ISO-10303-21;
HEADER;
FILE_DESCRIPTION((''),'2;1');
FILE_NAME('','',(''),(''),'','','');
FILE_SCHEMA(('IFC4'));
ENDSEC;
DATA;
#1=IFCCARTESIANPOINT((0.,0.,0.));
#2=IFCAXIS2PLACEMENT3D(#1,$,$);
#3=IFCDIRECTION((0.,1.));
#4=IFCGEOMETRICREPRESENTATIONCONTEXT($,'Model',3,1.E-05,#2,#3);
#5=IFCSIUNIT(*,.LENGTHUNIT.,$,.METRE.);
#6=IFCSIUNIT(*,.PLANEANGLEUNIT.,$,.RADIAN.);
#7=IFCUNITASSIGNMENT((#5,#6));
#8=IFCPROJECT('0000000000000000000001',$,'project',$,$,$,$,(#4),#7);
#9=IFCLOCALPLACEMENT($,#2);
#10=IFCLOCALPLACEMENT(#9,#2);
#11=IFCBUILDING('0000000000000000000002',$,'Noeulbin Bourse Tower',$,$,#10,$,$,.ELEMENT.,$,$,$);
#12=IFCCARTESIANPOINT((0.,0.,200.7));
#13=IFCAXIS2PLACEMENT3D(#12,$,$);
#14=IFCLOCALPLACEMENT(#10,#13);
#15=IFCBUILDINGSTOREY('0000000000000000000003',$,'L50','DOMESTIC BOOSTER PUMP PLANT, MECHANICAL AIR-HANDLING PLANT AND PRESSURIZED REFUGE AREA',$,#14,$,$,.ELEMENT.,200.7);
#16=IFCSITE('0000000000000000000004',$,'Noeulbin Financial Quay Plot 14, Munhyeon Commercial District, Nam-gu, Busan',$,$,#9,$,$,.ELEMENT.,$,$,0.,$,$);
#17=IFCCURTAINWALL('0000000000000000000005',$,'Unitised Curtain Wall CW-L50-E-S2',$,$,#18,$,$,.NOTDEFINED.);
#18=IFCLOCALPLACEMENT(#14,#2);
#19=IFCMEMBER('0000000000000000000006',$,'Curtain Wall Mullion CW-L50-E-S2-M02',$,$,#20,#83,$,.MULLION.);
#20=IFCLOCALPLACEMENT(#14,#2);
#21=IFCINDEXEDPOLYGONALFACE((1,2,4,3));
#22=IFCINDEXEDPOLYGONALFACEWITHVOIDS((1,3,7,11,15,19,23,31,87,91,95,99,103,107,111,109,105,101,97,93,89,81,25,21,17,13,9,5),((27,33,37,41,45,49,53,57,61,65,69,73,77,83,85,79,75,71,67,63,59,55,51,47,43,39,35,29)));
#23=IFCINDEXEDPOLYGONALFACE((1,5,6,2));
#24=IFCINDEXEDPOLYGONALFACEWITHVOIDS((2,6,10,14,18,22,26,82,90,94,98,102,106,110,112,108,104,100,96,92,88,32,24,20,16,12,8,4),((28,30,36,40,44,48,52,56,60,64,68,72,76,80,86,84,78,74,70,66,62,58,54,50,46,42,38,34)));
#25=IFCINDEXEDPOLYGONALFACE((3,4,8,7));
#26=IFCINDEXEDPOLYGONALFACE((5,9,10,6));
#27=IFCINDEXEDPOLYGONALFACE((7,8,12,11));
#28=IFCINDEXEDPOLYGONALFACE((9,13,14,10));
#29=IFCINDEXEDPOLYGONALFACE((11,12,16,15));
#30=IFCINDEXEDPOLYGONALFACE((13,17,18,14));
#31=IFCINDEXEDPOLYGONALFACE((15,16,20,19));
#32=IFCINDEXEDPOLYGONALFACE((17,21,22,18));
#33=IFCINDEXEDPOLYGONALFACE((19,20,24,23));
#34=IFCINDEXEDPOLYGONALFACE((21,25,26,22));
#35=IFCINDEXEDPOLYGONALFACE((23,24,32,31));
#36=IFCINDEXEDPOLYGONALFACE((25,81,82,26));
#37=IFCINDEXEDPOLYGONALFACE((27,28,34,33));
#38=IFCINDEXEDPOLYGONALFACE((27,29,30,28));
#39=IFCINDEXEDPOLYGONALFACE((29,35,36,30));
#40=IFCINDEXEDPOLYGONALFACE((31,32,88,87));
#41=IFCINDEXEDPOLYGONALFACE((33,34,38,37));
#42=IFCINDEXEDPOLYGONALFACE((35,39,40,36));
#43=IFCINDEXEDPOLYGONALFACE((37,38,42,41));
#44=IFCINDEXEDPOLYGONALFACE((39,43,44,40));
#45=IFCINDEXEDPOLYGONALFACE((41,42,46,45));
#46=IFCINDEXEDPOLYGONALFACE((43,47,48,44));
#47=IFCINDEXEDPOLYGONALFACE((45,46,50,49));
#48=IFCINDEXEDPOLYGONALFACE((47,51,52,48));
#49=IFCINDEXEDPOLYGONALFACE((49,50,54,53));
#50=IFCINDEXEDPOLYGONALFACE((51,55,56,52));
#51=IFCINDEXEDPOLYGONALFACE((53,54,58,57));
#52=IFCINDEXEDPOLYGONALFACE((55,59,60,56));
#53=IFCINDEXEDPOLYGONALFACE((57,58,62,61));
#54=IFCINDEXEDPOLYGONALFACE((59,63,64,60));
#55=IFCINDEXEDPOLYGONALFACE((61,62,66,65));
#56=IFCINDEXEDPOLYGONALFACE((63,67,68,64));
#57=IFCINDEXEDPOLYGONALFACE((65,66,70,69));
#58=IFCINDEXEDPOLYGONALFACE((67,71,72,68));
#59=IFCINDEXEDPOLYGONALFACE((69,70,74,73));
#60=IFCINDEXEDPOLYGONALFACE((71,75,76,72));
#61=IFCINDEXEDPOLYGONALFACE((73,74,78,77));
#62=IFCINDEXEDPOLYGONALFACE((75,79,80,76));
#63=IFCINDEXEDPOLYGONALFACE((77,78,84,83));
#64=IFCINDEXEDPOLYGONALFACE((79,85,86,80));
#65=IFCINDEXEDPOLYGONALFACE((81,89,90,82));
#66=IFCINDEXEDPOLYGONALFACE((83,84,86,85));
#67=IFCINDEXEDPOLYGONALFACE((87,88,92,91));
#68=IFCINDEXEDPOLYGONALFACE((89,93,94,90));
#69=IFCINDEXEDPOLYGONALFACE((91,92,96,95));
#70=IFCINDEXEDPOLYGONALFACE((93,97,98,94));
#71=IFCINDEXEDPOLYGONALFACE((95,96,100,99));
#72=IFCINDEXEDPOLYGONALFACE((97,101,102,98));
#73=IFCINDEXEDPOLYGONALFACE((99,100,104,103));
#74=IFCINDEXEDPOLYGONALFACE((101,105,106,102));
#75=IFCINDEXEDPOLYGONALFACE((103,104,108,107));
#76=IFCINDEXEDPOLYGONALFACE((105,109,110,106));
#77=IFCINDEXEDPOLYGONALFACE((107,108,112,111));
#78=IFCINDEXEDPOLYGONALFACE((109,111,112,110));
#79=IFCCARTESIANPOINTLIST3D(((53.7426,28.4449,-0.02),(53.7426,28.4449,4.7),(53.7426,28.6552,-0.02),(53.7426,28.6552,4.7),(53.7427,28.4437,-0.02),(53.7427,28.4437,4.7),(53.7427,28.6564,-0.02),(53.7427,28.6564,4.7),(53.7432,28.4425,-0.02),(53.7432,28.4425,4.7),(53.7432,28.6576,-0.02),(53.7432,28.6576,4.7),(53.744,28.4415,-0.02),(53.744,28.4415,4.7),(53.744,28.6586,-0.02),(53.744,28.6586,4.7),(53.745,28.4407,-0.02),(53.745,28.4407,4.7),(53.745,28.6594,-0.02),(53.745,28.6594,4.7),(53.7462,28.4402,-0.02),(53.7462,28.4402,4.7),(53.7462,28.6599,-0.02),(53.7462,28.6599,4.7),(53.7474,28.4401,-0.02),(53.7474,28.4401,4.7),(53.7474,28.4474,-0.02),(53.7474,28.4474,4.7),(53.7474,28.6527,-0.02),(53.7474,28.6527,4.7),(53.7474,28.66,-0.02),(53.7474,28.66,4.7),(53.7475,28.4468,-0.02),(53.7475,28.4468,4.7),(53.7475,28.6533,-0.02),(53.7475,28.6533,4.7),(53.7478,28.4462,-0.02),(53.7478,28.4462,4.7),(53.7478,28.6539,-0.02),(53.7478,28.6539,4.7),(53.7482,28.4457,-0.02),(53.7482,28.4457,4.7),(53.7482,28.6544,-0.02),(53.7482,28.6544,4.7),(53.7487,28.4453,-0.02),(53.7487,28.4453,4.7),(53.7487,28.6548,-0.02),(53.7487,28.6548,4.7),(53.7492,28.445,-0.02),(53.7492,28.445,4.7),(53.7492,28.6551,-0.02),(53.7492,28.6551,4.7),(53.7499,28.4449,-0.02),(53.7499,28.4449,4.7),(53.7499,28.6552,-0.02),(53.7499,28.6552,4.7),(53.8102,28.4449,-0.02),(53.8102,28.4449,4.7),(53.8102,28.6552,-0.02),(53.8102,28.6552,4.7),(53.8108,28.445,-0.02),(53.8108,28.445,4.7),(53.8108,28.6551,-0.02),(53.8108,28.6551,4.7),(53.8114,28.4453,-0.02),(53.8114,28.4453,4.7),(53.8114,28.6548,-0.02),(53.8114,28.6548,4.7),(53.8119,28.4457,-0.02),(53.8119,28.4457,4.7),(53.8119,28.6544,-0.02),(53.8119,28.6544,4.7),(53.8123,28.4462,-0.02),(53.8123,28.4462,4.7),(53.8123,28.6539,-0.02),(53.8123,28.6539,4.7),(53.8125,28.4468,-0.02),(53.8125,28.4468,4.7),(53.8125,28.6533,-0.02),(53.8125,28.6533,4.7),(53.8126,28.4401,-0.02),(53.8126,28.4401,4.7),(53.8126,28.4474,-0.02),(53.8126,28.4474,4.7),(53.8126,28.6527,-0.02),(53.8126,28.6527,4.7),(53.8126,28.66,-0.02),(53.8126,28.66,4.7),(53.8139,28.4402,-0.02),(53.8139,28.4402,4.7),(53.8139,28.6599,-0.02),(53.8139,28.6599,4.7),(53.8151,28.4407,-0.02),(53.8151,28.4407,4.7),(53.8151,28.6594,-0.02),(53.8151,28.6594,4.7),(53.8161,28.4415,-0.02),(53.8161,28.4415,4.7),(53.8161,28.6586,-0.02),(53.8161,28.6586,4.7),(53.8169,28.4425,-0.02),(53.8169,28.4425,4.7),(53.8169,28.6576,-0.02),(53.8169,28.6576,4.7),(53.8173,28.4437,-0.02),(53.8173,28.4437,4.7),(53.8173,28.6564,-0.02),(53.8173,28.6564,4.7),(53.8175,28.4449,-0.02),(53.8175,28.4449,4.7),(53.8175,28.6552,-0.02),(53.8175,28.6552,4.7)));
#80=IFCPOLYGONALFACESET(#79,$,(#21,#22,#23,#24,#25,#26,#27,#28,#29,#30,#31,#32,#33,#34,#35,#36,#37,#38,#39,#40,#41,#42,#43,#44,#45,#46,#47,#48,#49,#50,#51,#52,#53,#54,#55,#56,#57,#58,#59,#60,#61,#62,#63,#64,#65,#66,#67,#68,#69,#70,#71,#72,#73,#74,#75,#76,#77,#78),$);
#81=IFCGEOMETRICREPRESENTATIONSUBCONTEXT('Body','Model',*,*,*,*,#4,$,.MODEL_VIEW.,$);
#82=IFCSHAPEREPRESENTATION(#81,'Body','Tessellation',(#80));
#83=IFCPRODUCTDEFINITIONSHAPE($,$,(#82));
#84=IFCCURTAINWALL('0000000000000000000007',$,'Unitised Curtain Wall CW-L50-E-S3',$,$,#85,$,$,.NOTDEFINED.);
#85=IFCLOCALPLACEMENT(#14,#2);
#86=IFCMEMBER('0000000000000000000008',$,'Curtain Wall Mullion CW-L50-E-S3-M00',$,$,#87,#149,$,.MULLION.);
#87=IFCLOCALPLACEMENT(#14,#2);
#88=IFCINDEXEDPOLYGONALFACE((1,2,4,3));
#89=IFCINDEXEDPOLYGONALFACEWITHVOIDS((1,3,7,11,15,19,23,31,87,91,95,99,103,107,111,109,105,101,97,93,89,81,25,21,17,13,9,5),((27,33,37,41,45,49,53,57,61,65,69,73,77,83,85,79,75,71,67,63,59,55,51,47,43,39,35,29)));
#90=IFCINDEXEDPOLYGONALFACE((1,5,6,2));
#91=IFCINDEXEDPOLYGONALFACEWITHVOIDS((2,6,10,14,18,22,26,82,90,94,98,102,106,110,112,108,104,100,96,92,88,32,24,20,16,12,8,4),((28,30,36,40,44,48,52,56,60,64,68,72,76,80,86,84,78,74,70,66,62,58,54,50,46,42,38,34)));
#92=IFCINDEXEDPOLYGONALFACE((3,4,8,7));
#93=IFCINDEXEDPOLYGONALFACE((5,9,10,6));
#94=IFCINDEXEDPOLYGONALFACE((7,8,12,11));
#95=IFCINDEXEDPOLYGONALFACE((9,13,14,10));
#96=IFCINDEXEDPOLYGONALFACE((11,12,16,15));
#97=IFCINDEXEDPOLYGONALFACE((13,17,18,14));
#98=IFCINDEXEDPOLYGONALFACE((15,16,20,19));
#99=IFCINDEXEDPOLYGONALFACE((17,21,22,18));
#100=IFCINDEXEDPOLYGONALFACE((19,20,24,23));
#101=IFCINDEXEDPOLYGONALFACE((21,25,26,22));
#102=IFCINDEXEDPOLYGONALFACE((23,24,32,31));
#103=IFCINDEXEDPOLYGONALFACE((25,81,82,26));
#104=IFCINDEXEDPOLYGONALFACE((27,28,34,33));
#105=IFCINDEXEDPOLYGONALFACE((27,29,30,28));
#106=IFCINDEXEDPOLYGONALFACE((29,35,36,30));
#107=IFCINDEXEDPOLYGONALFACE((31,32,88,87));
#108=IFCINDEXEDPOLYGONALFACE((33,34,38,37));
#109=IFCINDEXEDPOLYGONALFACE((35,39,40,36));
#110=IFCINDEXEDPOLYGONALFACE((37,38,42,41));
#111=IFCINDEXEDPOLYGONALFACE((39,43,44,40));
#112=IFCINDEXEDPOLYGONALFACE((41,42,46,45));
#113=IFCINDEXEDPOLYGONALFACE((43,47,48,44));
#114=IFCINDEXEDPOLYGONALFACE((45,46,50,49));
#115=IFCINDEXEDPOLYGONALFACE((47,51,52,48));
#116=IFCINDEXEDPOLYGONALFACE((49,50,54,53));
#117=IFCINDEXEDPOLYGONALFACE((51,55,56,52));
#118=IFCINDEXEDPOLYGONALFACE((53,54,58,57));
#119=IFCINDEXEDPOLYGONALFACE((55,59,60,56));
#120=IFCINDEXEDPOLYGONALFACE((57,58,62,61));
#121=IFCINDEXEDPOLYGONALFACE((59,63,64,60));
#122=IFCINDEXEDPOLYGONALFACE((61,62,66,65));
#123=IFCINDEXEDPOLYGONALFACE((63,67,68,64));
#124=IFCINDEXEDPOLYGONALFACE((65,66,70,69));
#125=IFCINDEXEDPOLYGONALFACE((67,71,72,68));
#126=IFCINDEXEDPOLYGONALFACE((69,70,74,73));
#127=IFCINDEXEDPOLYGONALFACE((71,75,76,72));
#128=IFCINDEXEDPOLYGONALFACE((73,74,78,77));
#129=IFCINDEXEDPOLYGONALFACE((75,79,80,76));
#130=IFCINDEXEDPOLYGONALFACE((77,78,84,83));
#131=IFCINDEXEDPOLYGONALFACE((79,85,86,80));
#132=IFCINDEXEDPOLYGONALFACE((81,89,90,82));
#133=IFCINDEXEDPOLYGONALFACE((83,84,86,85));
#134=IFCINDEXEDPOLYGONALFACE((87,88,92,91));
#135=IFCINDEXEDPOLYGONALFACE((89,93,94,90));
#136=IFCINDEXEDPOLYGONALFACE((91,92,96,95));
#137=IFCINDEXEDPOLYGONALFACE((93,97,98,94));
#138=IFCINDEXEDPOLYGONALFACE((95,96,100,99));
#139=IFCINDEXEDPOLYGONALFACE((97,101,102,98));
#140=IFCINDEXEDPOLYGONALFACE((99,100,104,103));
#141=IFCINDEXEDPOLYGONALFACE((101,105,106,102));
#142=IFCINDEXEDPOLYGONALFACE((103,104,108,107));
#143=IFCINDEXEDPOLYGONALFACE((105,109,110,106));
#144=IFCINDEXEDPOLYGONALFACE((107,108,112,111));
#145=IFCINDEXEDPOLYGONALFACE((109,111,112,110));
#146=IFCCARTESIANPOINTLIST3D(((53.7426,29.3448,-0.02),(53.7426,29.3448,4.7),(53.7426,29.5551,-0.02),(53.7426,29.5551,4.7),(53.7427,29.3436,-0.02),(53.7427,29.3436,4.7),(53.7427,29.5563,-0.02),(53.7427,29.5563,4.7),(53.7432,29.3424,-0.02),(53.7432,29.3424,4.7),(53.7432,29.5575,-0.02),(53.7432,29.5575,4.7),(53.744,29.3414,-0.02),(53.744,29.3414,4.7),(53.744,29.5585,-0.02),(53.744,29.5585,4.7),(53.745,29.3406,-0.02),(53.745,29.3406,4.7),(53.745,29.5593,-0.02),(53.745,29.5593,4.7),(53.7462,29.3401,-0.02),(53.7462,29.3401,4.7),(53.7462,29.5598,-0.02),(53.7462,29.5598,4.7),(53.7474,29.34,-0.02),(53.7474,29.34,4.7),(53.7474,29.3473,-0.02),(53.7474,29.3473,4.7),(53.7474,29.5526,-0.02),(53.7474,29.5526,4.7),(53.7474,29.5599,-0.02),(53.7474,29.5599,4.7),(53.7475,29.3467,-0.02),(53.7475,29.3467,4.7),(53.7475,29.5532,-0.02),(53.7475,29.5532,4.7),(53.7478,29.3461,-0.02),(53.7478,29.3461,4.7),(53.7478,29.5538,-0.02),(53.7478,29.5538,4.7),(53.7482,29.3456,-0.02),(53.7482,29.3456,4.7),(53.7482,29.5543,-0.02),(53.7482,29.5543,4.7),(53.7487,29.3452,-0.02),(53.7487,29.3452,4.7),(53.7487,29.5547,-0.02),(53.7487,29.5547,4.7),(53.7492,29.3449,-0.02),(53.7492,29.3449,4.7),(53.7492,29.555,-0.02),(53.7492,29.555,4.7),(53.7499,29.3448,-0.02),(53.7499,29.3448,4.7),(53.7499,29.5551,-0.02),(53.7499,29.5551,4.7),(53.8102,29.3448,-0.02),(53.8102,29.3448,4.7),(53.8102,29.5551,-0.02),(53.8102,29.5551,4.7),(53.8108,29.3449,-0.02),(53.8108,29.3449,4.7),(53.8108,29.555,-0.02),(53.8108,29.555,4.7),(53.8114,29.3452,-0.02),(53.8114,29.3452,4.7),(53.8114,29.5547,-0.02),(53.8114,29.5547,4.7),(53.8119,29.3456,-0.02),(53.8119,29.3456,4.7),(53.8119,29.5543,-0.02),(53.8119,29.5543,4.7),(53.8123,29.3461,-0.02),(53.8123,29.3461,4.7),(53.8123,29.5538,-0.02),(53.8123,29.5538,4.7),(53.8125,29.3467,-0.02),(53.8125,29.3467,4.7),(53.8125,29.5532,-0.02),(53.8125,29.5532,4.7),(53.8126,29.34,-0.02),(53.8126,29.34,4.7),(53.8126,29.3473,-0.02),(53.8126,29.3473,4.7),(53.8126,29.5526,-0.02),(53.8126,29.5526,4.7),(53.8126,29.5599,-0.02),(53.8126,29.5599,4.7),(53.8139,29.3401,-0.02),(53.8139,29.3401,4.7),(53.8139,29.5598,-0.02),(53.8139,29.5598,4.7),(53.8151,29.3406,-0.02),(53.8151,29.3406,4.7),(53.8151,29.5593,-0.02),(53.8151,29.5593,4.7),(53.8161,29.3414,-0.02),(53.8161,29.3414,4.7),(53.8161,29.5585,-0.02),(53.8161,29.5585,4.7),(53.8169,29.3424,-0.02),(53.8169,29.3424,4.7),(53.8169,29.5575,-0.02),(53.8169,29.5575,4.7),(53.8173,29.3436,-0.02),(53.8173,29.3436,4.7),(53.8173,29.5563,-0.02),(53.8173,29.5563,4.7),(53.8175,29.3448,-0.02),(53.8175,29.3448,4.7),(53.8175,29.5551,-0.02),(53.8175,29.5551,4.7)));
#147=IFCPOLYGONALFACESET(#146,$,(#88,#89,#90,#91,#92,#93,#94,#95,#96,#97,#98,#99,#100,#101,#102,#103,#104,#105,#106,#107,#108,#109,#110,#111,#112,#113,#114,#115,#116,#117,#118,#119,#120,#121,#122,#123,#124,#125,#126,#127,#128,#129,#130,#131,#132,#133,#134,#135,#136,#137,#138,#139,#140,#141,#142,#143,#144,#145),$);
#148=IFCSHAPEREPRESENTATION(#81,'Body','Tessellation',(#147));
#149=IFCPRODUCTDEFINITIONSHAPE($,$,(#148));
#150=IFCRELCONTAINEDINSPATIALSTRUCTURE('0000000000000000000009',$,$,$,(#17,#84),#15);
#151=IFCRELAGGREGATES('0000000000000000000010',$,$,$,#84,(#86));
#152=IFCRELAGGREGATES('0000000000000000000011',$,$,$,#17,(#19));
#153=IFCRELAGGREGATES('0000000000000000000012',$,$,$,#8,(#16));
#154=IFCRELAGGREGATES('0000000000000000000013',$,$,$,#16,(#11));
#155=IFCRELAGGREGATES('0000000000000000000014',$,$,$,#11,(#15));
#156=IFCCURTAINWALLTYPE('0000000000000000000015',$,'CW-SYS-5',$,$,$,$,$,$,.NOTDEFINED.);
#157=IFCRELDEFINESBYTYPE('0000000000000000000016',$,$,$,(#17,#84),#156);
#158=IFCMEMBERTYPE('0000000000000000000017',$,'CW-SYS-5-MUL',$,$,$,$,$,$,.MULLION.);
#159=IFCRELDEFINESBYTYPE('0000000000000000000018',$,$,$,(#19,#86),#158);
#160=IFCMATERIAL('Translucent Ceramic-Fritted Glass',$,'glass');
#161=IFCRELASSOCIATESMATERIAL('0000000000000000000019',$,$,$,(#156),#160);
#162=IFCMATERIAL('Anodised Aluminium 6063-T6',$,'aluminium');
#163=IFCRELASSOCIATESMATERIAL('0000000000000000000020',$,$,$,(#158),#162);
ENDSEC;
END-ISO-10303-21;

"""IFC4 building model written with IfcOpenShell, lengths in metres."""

from ifc_helpers import new_model, si_unit, direction, frame, origin, origin_2d, place, context, subcontext, project, spatial, hollow_rectangle, extrude, material, material_profile, profile_set, type_object, element, aggregate, save


model = new_model("IFC4")

# Units and contexts
model_context = context("Model", 3, precision=1e-05, world=origin(), true_north=direction((0.0, 1.0)))
body_context = subcontext(model_context, "Body", "Model", "MODEL_VIEW")
ifc_project = project(units=[si_unit("LENGTHUNIT", "METRE"), si_unit("PLANEANGLEUNIT", "RADIAN")], contexts=[model_context])

# Site, building, storey
site_placement = place(None, origin())
site = spatial("IfcSite", under=ifc_project, at=site_placement, Name="Noeulbin Financial Quay Plot 14, Munhyeon Commercial District, Nam-gu, Busan", CompositionType="ELEMENT", RefElevation=0.0)
building_placement = place(site_placement, origin())
building = spatial("IfcBuilding", under=site, at=building_placement, Name="Noeulbin Bourse Tower", CompositionType="ELEMENT")
storey_placement = place(building_placement, frame((0.0, 0.0, 200.7)))
storey = spatial("IfcBuildingStorey", under=building, at=storey_placement, Name="L50", Description="DOMESTIC BOOSTER PUMP PLANT, MECHANICAL AIR-HANDLING PLANT AND PRESSURIZED REFUGE AREA", CompositionType="ELEMENT", Elevation=200.7)

# Curtain wall, member
ifc_material_1 = material(Name="Translucent Ceramic-Fritted Glass", Category="glass")
curtain_wall_type = type_object("IfcCurtainWallType", Name="CW-SYS-5", PredefinedType="NOTDEFINED", material=ifc_material_1)
curtain_wall_1_placement = place(storey_placement, origin())
curtain_wall_1 = element("IfcCurtainWall", 1, at=curtain_wall_1_placement, inside=storey, type_object=curtain_wall_type, Name="Unitised Curtain Wall CW-L50-E-S2", PredefinedType="NOTDEFINED")
ifc_material_2 = material(Name="Anodised Aluminium 6063-T6", Category="aluminium")
ifc_material_profile_1 = material_profile(ifc_material_2, hollow_rectangle(XDim=0.075, YDim=0.22, WallThickness=0.0049, InnerFilletRadius=0.0024, OuterFilletRadius=0.0049, at=origin_2d()), Name="ALU-MULL-75x220x5", Category="LoadBearing")
ifc_profile_set_1 = profile_set([ifc_material_profile_1], Name="Anodised Aluminium 6063-T6")
member_type_1 = type_object("IfcMemberType", Name="CW-SYS-5-MUL", PredefinedType="MULLION", material=ifc_profile_set_1)
member_1_placement = place(storey_placement, frame((53.78, 28.55, -0.02), z_axis=(0.0, 0.0, 1.0), x_axis=(1.0, 0.0, 0.0)))
member_1 = element("IfcMember", 2, at=member_1_placement, type_object=member_type_1, Name="Curtain Wall Mullion CW-L50-E-S2-M02", PredefinedType="MULLION", context=body_context, shape_type="SweptSolid", body=[
    extrude(hollow_rectangle(XDim=0.075, YDim=0.22, WallThickness=0.0049, InnerFilletRadius=0.0024, OuterFilletRadius=0.0049, at=origin_2d()), origin(), (0.0, 0.0, 1.0), 4.72),
])

# Curtain wall, member
curtain_wall_2_placement = place(storey_placement, origin())
curtain_wall_2 = element("IfcCurtainWall", 3, at=curtain_wall_2_placement, inside=storey, type_object=curtain_wall_type, Name="Unitised Curtain Wall CW-L50-E-S3", PredefinedType="NOTDEFINED")
member_2_placement = place(storey_placement, frame((53.78, 29.45, -0.02), z_axis=(0.0, 0.0, 1.0), x_axis=(1.0, 0.0, 0.0)))
member_2 = element("IfcMember", 4, at=member_2_placement, type_object=member_type_1, Name="Curtain Wall Mullion CW-L50-E-S3-M00", PredefinedType="MULLION", context=body_context, shape_type="SweptSolid", body=[
    extrude(hollow_rectangle(XDim=0.075, YDim=0.22, WallThickness=0.0049, InnerFilletRadius=0.0024, OuterFilletRadius=0.0049, at=origin_2d()), origin(), (0.0, 0.0, 1.0), 4.72),
])

aggregate(curtain_wall_2, [member_2])

aggregate(curtain_wall_1, [member_1])

save(model, "model.ifc")
